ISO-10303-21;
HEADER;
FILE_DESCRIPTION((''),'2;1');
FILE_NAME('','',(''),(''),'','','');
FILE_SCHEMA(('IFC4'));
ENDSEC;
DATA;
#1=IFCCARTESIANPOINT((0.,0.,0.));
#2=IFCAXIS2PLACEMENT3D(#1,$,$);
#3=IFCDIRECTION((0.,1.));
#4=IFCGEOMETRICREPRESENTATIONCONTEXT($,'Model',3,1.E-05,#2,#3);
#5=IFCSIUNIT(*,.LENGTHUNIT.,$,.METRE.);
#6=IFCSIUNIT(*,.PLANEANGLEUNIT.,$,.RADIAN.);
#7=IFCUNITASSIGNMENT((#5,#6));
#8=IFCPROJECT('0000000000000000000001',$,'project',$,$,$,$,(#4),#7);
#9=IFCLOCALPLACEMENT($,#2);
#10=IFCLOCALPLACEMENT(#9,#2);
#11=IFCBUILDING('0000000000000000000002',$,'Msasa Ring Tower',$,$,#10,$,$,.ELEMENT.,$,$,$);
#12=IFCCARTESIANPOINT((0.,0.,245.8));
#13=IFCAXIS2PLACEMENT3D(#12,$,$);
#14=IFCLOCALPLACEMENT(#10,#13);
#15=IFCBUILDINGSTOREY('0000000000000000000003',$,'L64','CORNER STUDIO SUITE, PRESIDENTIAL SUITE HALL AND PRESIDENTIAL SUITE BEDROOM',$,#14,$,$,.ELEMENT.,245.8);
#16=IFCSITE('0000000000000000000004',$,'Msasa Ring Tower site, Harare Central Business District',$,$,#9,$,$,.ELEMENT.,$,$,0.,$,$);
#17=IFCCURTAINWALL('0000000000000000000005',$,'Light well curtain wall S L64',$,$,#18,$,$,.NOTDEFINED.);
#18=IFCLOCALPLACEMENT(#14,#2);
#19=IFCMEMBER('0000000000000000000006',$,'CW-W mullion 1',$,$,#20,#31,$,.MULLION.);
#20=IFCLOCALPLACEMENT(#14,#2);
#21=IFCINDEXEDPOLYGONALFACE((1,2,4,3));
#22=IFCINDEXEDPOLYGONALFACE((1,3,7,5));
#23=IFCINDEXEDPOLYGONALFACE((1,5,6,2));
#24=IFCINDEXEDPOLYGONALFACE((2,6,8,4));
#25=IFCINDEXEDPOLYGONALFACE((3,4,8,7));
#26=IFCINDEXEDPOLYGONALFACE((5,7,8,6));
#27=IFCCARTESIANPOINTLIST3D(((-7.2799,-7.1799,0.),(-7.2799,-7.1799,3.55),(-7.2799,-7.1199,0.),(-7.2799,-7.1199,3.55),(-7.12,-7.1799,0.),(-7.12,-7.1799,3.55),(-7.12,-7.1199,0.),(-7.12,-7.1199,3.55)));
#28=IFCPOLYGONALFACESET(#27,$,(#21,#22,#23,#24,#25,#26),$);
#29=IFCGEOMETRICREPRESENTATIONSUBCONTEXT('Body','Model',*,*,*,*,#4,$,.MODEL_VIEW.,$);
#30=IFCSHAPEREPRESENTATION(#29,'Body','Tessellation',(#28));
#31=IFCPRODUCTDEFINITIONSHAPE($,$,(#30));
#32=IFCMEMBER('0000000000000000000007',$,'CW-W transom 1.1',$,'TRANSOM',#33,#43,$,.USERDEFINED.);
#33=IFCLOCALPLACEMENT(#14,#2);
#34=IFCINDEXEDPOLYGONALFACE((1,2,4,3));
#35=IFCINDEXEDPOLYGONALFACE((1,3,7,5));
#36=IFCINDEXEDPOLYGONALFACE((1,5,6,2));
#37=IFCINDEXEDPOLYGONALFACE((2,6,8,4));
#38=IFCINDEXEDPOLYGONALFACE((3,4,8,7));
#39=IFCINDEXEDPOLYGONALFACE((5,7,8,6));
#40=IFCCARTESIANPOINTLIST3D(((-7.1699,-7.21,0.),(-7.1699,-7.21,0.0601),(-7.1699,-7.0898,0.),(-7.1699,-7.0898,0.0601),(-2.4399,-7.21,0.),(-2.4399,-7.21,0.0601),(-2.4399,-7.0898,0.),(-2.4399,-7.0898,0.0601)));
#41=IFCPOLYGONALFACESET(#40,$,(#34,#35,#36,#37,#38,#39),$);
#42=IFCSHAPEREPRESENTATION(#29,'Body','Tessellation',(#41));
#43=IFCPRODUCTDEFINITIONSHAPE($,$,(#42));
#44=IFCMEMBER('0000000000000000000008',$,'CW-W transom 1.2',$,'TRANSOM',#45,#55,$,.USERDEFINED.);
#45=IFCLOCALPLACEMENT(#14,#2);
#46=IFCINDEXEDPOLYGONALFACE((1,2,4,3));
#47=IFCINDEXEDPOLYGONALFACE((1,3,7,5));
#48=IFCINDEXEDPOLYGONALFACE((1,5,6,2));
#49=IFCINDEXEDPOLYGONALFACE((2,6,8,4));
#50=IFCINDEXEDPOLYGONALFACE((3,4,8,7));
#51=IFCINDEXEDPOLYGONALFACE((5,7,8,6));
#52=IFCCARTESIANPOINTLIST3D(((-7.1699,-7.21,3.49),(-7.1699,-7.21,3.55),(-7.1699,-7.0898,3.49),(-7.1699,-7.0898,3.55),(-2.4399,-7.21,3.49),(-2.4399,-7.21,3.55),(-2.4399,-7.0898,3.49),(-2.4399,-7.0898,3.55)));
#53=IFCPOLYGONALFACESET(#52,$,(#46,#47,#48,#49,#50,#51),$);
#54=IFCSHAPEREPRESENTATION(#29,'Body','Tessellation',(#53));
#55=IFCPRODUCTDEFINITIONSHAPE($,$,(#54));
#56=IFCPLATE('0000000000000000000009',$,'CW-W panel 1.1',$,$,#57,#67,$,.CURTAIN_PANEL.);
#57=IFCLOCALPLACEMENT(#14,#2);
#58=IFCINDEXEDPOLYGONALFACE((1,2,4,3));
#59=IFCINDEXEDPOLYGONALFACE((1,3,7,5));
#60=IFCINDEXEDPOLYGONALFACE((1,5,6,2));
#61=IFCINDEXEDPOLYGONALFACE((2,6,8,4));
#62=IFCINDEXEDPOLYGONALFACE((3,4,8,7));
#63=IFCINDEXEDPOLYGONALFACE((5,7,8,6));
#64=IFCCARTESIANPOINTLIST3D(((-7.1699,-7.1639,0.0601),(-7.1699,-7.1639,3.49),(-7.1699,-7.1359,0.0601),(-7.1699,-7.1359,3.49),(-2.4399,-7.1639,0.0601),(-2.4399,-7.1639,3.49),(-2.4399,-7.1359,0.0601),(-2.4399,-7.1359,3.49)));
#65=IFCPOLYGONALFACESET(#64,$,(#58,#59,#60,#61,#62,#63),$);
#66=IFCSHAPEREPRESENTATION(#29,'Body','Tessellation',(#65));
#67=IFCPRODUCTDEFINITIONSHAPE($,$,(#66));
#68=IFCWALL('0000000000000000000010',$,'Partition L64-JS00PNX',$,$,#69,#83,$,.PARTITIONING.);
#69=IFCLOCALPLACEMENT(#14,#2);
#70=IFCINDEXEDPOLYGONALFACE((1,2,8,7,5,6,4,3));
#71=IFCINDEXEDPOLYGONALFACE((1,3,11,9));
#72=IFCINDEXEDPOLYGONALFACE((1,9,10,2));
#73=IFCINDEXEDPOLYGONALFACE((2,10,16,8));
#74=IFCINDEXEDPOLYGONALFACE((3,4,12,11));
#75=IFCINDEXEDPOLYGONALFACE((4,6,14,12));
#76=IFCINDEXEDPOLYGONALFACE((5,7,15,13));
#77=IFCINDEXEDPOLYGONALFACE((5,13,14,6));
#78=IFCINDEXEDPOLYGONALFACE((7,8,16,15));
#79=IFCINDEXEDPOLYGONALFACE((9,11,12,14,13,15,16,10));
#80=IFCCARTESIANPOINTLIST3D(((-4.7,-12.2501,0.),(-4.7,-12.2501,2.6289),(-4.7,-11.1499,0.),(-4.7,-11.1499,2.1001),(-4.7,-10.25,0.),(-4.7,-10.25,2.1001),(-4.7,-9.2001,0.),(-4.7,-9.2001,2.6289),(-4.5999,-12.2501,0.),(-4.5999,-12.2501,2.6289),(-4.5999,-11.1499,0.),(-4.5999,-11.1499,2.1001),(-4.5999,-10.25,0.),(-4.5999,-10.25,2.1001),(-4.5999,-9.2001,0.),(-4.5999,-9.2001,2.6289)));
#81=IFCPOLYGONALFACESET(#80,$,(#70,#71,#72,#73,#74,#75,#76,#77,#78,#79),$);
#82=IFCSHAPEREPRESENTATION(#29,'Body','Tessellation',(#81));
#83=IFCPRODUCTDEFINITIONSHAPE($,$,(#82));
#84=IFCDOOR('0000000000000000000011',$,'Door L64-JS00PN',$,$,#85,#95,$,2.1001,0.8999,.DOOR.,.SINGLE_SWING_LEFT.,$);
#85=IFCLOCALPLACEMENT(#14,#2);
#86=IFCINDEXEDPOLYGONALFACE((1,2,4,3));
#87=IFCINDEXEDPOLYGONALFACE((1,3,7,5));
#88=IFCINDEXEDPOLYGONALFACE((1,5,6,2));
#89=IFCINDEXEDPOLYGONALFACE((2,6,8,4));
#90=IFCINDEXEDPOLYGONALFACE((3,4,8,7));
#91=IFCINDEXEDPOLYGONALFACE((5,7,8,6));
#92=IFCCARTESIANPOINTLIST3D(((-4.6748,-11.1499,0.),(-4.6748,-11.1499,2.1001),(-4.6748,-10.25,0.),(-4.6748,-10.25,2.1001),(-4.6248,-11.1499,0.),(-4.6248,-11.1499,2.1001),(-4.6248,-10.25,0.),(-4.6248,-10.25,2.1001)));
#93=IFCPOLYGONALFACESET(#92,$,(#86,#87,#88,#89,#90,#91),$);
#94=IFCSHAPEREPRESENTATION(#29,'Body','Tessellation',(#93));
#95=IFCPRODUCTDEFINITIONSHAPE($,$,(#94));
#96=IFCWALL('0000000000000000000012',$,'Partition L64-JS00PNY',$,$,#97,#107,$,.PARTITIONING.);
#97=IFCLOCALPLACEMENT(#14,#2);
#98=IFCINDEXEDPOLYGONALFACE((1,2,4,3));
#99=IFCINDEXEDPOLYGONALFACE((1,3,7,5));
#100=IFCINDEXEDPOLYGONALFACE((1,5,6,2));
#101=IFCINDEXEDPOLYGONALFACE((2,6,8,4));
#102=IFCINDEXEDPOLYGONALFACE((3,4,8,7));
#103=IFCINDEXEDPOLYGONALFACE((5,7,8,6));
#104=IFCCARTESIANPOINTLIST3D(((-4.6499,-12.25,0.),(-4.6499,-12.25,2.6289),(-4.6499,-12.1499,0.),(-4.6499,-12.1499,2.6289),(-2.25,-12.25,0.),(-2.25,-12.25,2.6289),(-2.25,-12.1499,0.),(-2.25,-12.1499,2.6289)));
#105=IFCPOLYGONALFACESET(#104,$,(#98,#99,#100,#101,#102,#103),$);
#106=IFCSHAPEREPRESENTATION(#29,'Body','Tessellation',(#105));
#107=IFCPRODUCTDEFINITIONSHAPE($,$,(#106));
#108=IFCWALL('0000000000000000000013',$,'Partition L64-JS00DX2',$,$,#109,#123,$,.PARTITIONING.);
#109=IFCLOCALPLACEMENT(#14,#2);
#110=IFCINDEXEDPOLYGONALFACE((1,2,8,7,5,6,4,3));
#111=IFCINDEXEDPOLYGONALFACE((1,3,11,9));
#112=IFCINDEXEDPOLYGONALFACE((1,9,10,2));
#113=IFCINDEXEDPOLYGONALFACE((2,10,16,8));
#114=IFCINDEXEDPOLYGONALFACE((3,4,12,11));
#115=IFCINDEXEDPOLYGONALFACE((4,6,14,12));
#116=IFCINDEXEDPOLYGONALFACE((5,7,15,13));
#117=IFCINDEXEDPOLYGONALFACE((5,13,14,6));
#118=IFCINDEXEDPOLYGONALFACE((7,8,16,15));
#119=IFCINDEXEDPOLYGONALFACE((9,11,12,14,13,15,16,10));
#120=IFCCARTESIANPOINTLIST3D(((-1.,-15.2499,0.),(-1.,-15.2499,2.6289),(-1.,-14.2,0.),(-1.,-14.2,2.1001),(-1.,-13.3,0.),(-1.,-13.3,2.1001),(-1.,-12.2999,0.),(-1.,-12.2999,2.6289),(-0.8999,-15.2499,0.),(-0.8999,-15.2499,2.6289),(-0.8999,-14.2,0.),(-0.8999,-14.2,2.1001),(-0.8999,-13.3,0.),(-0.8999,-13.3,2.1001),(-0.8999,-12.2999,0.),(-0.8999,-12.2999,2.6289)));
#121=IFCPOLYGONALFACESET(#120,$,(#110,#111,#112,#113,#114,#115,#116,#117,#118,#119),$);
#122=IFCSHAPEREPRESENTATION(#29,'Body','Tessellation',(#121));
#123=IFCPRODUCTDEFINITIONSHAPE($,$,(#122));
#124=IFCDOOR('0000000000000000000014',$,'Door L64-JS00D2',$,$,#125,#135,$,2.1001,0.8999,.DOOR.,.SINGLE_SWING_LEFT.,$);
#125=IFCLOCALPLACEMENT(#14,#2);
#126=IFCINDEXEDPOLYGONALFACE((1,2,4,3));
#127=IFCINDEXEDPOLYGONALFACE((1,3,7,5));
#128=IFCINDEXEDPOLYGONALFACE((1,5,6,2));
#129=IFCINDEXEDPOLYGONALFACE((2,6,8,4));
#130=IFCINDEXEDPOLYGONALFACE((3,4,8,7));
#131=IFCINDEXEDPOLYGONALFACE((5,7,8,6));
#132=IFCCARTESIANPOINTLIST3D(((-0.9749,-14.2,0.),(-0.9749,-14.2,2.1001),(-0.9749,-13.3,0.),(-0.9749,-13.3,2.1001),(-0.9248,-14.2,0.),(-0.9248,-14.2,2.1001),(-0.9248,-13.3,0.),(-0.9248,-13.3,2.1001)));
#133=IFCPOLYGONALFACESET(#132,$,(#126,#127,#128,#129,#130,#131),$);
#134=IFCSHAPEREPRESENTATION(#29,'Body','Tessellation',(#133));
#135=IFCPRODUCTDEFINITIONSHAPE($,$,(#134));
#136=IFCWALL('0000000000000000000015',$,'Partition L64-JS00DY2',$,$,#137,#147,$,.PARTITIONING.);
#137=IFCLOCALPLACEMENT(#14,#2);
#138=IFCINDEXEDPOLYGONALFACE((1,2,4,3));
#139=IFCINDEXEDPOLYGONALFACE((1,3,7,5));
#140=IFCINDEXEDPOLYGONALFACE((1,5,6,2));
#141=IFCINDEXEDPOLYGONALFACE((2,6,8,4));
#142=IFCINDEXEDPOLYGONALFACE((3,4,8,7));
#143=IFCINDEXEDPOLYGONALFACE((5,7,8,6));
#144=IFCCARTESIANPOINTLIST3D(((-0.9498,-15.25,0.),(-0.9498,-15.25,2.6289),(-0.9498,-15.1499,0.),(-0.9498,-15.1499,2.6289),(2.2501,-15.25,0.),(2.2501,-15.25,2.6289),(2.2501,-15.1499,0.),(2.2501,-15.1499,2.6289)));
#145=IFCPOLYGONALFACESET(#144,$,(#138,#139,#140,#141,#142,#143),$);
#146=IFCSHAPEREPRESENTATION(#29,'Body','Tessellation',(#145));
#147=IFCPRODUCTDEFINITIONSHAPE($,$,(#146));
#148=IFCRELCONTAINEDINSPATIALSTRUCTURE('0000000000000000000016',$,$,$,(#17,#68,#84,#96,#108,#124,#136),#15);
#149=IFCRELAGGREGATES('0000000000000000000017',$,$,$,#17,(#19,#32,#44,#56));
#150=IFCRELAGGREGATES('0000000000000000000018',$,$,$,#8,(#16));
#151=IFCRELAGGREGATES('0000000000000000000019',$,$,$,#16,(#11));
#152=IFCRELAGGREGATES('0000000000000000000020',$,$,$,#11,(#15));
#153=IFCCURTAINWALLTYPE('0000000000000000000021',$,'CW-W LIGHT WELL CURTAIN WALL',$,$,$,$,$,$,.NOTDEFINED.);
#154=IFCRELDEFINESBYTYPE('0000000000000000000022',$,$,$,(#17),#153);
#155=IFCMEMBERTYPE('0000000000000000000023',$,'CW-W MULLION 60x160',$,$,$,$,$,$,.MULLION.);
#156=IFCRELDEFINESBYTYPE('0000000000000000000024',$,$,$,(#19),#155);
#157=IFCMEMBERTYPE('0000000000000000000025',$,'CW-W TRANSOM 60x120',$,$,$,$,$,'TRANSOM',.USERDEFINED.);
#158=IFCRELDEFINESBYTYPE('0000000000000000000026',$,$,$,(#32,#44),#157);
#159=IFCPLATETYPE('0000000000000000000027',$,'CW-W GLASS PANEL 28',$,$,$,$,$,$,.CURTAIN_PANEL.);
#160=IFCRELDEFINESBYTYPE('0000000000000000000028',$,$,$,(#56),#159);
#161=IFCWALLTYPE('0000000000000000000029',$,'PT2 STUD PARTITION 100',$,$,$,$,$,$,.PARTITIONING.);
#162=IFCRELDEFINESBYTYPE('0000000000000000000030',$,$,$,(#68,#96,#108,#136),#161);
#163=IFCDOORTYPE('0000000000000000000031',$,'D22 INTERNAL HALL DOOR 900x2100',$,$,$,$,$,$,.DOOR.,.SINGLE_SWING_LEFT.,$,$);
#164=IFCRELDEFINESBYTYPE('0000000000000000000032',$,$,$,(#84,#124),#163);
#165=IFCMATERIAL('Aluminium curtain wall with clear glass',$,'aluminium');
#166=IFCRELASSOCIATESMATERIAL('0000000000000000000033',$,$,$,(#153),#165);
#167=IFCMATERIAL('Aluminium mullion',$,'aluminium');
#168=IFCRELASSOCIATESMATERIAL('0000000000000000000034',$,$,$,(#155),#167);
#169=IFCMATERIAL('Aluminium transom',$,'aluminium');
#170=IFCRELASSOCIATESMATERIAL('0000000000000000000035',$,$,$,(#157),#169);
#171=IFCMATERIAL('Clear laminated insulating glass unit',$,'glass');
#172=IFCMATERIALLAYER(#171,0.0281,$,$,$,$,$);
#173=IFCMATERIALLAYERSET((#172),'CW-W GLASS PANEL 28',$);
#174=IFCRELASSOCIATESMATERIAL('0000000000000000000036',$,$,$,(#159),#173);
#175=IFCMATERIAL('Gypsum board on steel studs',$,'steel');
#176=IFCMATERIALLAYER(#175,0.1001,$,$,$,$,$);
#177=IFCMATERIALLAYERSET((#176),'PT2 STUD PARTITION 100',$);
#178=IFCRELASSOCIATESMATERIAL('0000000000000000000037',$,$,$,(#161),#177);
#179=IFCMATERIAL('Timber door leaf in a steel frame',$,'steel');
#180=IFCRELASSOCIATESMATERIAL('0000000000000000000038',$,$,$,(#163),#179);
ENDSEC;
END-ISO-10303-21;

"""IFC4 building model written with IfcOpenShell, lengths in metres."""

from ifc_helpers import new_model, si_unit, direction, frame, frame_2d, origin, origin_2d, place, context, subcontext, project, spatial, rectangle, extrude, material, layer, layer_set, material_profile, profile_set, type_object, element, fill, aggregate, save


model = new_model("IFC4")

# Units and contexts
model_context = context("Model", 3, precision=1e-05, world=origin(), true_north=direction((0.0, 1.0)))
body_context = subcontext(model_context, "Body", "Model", "MODEL_VIEW")
ifc_project = project(units=[si_unit("LENGTHUNIT", "METRE"), si_unit("PLANEANGLEUNIT", "RADIAN")], contexts=[model_context])

# Site, building, storey
site_placement = place(None, origin())
site = spatial("IfcSite", under=ifc_project, at=site_placement, Name="Msasa Ring Tower site, Harare Central Business District", CompositionType="ELEMENT", RefElevation=0.0)
building_placement = place(site_placement, origin())
building = spatial("IfcBuilding", under=site, at=building_placement, Name="Msasa Ring Tower", CompositionType="ELEMENT")
storey_placement = place(building_placement, frame((0.0, 0.0, 245.8)))
storey = spatial("IfcBuildingStorey", under=building, at=storey_placement, Name="L64", Description="CORNER STUDIO SUITE, PRESIDENTIAL SUITE HALL AND PRESIDENTIAL SUITE BEDROOM", CompositionType="ELEMENT", Elevation=245.8)

# Curtain wall, members, plate
ifc_material_1 = material(Name="Aluminium curtain wall with clear glass", Category="aluminium")
curtain_wall_type = type_object("IfcCurtainWallType", Name="CW-W LIGHT WELL CURTAIN WALL", PredefinedType="NOTDEFINED", material=ifc_material_1)
curtain_wall_placement = place(storey_placement, origin())
curtain_wall = element("IfcCurtainWall", 1, at=curtain_wall_placement, inside=storey, type_object=curtain_wall_type, Name="Light well curtain wall S L64", PredefinedType="NOTDEFINED")
ifc_material_2 = material(Name="Aluminium mullion", Category="aluminium")
ifc_material_profile_1 = material_profile(ifc_material_2, rectangle(XDim=0.0601, YDim=0.1599, at=origin_2d()), Name="AL 60x160")
ifc_profile_set_1 = profile_set([ifc_material_profile_1], Name="Aluminium mullion")
member_type_1 = type_object("IfcMemberType", Name="CW-W MULLION 60x160", PredefinedType="MULLION", material=ifc_profile_set_1)
member_1_placement = place(storey_placement, frame((-7.2, -7.1499, 0.0), z_axis=(0.0, 0.0, 1.0), x_axis=(0.0, 1.0, 0.0)))
member_1 = element("IfcMember", 2, at=member_1_placement, type_object=member_type_1, Name="CW-W mullion 1", PredefinedType="MULLION", context=body_context, shape_type="SweptSolid", body=[
    extrude(rectangle(XDim=0.0601, YDim=0.1599, at=origin_2d()), origin(), (0.0, 0.0, 1.0), 3.55),
])
ifc_material_3 = material(Name="Aluminium transom", Category="aluminium")
ifc_material_profile_2 = material_profile(ifc_material_3, rectangle(XDim=0.1201, YDim=0.0601, at=origin_2d()), Name="AL 60x120")
ifc_profile_set_2 = profile_set([ifc_material_profile_2], Name="Aluminium transom")
member_type_2 = type_object("IfcMemberType", Name="CW-W TRANSOM 60x120", ElementType="TRANSOM", PredefinedType="USERDEFINED", material=ifc_profile_set_2)
member_2_placement = place(storey_placement, frame((-7.1699, -7.1499, 0.03), z_axis=(1.0, 0.0, 0.0), x_axis=(0.0, 1.0, 0.0)))
member_2 = element("IfcMember", 3, at=member_2_placement, type_object=member_type_2, Name="CW-W transom 1.1", ObjectType="TRANSOM", PredefinedType="USERDEFINED", context=body_context, shape_type="SweptSolid", body=[
    extrude(rectangle(XDim=0.1201, YDim=0.0601, at=origin_2d()), origin(), (0.0, 0.0, 1.0), 4.73),
])
member_3_placement = place(storey_placement, frame((-7.1699, -7.1499, 3.52), z_axis=(1.0, 0.0, 0.0), x_axis=(0.0, 1.0, 0.0)))
member_3 = element("IfcMember", 4, at=member_3_placement, type_object=member_type_2, Name="CW-W transom 1.2", ObjectType="TRANSOM", PredefinedType="USERDEFINED", context=body_context, shape_type="SweptSolid", body=[
    extrude(rectangle(XDim=0.1201, YDim=0.0601, at=origin_2d()), origin(), (0.0, 0.0, 1.0), 4.73),
])
ifc_material_4 = material(Name="Clear laminated insulating glass unit", Category="glass")
ifc_layer_1 = layer(ifc_material_4, 0.0281)
ifc_layer_set_1 = layer_set([ifc_layer_1], Name="CW-W GLASS PANEL 28")
plate_type = type_object("IfcPlateType", Name="CW-W GLASS PANEL 28", PredefinedType="CURTAIN_PANEL", material=ifc_layer_set_1)
plate_placement = place(storey_placement, frame((-4.8049, -7.1499, 0.0601), z_axis=(0.0, 0.0, 1.0), x_axis=(1.0, 0.0, 0.0)))
plate = element("IfcPlate", 5, at=plate_placement, type_object=plate_type, Name="CW-W panel 1.1", PredefinedType="CURTAIN_PANEL", context=body_context, shape_type="SweptSolid", body=[
    extrude(rectangle(XDim=4.73, YDim=0.0281, at=origin_2d()), origin(), (0.0, 0.0, 1.0), 3.4299),
])
aggregate(curtain_wall, [member_1, member_2, member_3, plate])

# Wall, opening, door
ifc_material_5 = material(Name="Gypsum board on steel studs", Category="steel")
ifc_layer_2 = layer(ifc_material_5, 0.1001)
ifc_layer_set_2 = layer_set([ifc_layer_2], Name="PT2 STUD PARTITION 100")
wall_type_1 = type_object("IfcWallType", Name="PT2 STUD PARTITION 100", PredefinedType="PARTITIONING", material=ifc_layer_set_2)
wall_1_placement = place(storey_placement, frame((-4.6499, -12.25, 0.0), z_axis=(0.0, 0.0, 1.0), x_axis=(0.0, 1.0, 0.0)))
wall_1 = element("IfcWall", 6, at=wall_1_placement, inside=storey, type_object=wall_type_1, Name="Partition L64-JS00PNX", PredefinedType="PARTITIONING", context=body_context, shape_type="SweptSolid", body=[
    extrude(rectangle(XDim=3.05, YDim=0.1001, at=frame_2d((1.5249, 0.0))), origin(), (0.0, 0.0, 1.0), 2.6289),
])
opening_1_placement = place(wall_1_placement, frame((1.1001, 0.0, 0.0)))
opening_1 = element("IfcOpeningElement", 7, at=opening_1_placement, cuts=wall_1, PredefinedType="OPENING", context=body_context, shape_type="SweptSolid", body=[
    extrude(rectangle(XDim=0.8999, YDim=2.1001, at=frame_2d((0.45, 1.05))), frame((0.0, 0.0601, 0.0), z_axis=(0.0, -1.0, 0.0), x_axis=(1.0, 0.0, 0.0)), (0.0, 0.0, 1.0), 0.1201),
])
ifc_material_6 = material(Name="Timber door leaf in a steel frame", Category="steel")
door_type_1 = type_object("IfcDoorType", Name="D22 INTERNAL HALL DOOR 900x2100", OperationType="SINGLE_SWING_LEFT", PredefinedType="DOOR", material=ifc_material_6)
door_1_placement = place(opening_1_placement, origin())
door_1 = element("IfcDoor", 8, at=door_1_placement, inside=storey, type_object=door_type_1, Name="Door L64-JS00PN", OperationType="SINGLE_SWING_LEFT", OverallHeight=2.1001, OverallWidth=0.8999, PredefinedType="DOOR", context=body_context, shape_type="SweptSolid", body=[
    extrude(rectangle(XDim=0.8999, YDim=2.1001, at=frame_2d((0.45, 1.05))), frame((0.0, 0.0249, 0.0), z_axis=(0.0, -1.0, 0.0), x_axis=(1.0, 0.0, 0.0)), (0.0, 0.0, 1.0), 0.05),
])
fill(opening_1, door_1)

# Wall
wall_2_placement = place(storey_placement, frame((-4.6499, -12.2, 0.0), z_axis=(0.0, 0.0, 1.0), x_axis=(1.0, 0.0, 0.0)))
element("IfcWall", 9, at=wall_2_placement, inside=storey, type_object=wall_type_1, Name="Partition L64-JS00PNY", PredefinedType="PARTITIONING", context=body_context, shape_type="SweptSolid", body=[
    extrude(rectangle(XDim=2.3999, YDim=0.1001, at=frame_2d((1.2, 0.0))), origin(), (0.0, 0.0, 1.0), 2.6289),
])

# Wall, opening, door
wall_3_placement = place(storey_placement, frame((-0.95, -15.25, 0.0), z_axis=(0.0, 0.0, 1.0), x_axis=(0.0, 1.0, 0.0)))
wall_3 = element("IfcWall", 10, at=wall_3_placement, inside=storey, type_object=wall_type_1, Name="Partition L64-JS00DX2", PredefinedType="PARTITIONING", context=body_context, shape_type="SweptSolid", body=[
    extrude(rectangle(XDim=2.95, YDim=0.1001, at=frame_2d((1.4751, 0.0))), origin(), (0.0, 0.0, 1.0), 2.6289),
])
opening_2_placement = place(wall_3_placement, frame((1.05, 0.0, 0.0)))
opening_2 = element("IfcOpeningElement", 11, at=opening_2_placement, cuts=wall_3, PredefinedType="OPENING", context=body_context, shape_type="SweptSolid", body=[
    extrude(rectangle(XDim=0.8999, YDim=2.1001, at=frame_2d((0.45, 1.05))), frame((0.0, 0.0601, 0.0), z_axis=(0.0, -1.0, 0.0), x_axis=(1.0, 0.0, 0.0)), (0.0, 0.0, 1.0), 0.1201),
])
door_2_placement = place(opening_2_placement, origin())
door_2 = element("IfcDoor", 12, at=door_2_placement, inside=storey, type_object=door_type_1, Name="Door L64-JS00D2", OperationType="SINGLE_SWING_LEFT", OverallHeight=2.1001, OverallWidth=0.8999, PredefinedType="DOOR", context=body_context, shape_type="SweptSolid", body=[
    extrude(rectangle(XDim=0.8999, YDim=2.1001, at=frame_2d((0.45, 1.05))), frame((0.0, 0.0249, 0.0), z_axis=(0.0, -1.0, 0.0), x_axis=(1.0, 0.0, 0.0)), (0.0, 0.0, 1.0), 0.05),
])
fill(opening_2, door_2)

# Wall
wall_4_placement = place(storey_placement, frame((-0.95, -15.2, 0.0), z_axis=(0.0, 0.0, 1.0), x_axis=(1.0, 0.0, 0.0)))
element("IfcWall", 13, at=wall_4_placement, inside=storey, type_object=wall_type_1, Name="Partition L64-JS00DY2", PredefinedType="PARTITIONING", context=body_context, shape_type="SweptSolid", body=[
    extrude(rectangle(XDim=3.2, YDim=0.1001, at=frame_2d((1.6001, 0.0))), origin(), (0.0, 0.0, 1.0), 2.6289),
])

save(model, "model.ifc")
